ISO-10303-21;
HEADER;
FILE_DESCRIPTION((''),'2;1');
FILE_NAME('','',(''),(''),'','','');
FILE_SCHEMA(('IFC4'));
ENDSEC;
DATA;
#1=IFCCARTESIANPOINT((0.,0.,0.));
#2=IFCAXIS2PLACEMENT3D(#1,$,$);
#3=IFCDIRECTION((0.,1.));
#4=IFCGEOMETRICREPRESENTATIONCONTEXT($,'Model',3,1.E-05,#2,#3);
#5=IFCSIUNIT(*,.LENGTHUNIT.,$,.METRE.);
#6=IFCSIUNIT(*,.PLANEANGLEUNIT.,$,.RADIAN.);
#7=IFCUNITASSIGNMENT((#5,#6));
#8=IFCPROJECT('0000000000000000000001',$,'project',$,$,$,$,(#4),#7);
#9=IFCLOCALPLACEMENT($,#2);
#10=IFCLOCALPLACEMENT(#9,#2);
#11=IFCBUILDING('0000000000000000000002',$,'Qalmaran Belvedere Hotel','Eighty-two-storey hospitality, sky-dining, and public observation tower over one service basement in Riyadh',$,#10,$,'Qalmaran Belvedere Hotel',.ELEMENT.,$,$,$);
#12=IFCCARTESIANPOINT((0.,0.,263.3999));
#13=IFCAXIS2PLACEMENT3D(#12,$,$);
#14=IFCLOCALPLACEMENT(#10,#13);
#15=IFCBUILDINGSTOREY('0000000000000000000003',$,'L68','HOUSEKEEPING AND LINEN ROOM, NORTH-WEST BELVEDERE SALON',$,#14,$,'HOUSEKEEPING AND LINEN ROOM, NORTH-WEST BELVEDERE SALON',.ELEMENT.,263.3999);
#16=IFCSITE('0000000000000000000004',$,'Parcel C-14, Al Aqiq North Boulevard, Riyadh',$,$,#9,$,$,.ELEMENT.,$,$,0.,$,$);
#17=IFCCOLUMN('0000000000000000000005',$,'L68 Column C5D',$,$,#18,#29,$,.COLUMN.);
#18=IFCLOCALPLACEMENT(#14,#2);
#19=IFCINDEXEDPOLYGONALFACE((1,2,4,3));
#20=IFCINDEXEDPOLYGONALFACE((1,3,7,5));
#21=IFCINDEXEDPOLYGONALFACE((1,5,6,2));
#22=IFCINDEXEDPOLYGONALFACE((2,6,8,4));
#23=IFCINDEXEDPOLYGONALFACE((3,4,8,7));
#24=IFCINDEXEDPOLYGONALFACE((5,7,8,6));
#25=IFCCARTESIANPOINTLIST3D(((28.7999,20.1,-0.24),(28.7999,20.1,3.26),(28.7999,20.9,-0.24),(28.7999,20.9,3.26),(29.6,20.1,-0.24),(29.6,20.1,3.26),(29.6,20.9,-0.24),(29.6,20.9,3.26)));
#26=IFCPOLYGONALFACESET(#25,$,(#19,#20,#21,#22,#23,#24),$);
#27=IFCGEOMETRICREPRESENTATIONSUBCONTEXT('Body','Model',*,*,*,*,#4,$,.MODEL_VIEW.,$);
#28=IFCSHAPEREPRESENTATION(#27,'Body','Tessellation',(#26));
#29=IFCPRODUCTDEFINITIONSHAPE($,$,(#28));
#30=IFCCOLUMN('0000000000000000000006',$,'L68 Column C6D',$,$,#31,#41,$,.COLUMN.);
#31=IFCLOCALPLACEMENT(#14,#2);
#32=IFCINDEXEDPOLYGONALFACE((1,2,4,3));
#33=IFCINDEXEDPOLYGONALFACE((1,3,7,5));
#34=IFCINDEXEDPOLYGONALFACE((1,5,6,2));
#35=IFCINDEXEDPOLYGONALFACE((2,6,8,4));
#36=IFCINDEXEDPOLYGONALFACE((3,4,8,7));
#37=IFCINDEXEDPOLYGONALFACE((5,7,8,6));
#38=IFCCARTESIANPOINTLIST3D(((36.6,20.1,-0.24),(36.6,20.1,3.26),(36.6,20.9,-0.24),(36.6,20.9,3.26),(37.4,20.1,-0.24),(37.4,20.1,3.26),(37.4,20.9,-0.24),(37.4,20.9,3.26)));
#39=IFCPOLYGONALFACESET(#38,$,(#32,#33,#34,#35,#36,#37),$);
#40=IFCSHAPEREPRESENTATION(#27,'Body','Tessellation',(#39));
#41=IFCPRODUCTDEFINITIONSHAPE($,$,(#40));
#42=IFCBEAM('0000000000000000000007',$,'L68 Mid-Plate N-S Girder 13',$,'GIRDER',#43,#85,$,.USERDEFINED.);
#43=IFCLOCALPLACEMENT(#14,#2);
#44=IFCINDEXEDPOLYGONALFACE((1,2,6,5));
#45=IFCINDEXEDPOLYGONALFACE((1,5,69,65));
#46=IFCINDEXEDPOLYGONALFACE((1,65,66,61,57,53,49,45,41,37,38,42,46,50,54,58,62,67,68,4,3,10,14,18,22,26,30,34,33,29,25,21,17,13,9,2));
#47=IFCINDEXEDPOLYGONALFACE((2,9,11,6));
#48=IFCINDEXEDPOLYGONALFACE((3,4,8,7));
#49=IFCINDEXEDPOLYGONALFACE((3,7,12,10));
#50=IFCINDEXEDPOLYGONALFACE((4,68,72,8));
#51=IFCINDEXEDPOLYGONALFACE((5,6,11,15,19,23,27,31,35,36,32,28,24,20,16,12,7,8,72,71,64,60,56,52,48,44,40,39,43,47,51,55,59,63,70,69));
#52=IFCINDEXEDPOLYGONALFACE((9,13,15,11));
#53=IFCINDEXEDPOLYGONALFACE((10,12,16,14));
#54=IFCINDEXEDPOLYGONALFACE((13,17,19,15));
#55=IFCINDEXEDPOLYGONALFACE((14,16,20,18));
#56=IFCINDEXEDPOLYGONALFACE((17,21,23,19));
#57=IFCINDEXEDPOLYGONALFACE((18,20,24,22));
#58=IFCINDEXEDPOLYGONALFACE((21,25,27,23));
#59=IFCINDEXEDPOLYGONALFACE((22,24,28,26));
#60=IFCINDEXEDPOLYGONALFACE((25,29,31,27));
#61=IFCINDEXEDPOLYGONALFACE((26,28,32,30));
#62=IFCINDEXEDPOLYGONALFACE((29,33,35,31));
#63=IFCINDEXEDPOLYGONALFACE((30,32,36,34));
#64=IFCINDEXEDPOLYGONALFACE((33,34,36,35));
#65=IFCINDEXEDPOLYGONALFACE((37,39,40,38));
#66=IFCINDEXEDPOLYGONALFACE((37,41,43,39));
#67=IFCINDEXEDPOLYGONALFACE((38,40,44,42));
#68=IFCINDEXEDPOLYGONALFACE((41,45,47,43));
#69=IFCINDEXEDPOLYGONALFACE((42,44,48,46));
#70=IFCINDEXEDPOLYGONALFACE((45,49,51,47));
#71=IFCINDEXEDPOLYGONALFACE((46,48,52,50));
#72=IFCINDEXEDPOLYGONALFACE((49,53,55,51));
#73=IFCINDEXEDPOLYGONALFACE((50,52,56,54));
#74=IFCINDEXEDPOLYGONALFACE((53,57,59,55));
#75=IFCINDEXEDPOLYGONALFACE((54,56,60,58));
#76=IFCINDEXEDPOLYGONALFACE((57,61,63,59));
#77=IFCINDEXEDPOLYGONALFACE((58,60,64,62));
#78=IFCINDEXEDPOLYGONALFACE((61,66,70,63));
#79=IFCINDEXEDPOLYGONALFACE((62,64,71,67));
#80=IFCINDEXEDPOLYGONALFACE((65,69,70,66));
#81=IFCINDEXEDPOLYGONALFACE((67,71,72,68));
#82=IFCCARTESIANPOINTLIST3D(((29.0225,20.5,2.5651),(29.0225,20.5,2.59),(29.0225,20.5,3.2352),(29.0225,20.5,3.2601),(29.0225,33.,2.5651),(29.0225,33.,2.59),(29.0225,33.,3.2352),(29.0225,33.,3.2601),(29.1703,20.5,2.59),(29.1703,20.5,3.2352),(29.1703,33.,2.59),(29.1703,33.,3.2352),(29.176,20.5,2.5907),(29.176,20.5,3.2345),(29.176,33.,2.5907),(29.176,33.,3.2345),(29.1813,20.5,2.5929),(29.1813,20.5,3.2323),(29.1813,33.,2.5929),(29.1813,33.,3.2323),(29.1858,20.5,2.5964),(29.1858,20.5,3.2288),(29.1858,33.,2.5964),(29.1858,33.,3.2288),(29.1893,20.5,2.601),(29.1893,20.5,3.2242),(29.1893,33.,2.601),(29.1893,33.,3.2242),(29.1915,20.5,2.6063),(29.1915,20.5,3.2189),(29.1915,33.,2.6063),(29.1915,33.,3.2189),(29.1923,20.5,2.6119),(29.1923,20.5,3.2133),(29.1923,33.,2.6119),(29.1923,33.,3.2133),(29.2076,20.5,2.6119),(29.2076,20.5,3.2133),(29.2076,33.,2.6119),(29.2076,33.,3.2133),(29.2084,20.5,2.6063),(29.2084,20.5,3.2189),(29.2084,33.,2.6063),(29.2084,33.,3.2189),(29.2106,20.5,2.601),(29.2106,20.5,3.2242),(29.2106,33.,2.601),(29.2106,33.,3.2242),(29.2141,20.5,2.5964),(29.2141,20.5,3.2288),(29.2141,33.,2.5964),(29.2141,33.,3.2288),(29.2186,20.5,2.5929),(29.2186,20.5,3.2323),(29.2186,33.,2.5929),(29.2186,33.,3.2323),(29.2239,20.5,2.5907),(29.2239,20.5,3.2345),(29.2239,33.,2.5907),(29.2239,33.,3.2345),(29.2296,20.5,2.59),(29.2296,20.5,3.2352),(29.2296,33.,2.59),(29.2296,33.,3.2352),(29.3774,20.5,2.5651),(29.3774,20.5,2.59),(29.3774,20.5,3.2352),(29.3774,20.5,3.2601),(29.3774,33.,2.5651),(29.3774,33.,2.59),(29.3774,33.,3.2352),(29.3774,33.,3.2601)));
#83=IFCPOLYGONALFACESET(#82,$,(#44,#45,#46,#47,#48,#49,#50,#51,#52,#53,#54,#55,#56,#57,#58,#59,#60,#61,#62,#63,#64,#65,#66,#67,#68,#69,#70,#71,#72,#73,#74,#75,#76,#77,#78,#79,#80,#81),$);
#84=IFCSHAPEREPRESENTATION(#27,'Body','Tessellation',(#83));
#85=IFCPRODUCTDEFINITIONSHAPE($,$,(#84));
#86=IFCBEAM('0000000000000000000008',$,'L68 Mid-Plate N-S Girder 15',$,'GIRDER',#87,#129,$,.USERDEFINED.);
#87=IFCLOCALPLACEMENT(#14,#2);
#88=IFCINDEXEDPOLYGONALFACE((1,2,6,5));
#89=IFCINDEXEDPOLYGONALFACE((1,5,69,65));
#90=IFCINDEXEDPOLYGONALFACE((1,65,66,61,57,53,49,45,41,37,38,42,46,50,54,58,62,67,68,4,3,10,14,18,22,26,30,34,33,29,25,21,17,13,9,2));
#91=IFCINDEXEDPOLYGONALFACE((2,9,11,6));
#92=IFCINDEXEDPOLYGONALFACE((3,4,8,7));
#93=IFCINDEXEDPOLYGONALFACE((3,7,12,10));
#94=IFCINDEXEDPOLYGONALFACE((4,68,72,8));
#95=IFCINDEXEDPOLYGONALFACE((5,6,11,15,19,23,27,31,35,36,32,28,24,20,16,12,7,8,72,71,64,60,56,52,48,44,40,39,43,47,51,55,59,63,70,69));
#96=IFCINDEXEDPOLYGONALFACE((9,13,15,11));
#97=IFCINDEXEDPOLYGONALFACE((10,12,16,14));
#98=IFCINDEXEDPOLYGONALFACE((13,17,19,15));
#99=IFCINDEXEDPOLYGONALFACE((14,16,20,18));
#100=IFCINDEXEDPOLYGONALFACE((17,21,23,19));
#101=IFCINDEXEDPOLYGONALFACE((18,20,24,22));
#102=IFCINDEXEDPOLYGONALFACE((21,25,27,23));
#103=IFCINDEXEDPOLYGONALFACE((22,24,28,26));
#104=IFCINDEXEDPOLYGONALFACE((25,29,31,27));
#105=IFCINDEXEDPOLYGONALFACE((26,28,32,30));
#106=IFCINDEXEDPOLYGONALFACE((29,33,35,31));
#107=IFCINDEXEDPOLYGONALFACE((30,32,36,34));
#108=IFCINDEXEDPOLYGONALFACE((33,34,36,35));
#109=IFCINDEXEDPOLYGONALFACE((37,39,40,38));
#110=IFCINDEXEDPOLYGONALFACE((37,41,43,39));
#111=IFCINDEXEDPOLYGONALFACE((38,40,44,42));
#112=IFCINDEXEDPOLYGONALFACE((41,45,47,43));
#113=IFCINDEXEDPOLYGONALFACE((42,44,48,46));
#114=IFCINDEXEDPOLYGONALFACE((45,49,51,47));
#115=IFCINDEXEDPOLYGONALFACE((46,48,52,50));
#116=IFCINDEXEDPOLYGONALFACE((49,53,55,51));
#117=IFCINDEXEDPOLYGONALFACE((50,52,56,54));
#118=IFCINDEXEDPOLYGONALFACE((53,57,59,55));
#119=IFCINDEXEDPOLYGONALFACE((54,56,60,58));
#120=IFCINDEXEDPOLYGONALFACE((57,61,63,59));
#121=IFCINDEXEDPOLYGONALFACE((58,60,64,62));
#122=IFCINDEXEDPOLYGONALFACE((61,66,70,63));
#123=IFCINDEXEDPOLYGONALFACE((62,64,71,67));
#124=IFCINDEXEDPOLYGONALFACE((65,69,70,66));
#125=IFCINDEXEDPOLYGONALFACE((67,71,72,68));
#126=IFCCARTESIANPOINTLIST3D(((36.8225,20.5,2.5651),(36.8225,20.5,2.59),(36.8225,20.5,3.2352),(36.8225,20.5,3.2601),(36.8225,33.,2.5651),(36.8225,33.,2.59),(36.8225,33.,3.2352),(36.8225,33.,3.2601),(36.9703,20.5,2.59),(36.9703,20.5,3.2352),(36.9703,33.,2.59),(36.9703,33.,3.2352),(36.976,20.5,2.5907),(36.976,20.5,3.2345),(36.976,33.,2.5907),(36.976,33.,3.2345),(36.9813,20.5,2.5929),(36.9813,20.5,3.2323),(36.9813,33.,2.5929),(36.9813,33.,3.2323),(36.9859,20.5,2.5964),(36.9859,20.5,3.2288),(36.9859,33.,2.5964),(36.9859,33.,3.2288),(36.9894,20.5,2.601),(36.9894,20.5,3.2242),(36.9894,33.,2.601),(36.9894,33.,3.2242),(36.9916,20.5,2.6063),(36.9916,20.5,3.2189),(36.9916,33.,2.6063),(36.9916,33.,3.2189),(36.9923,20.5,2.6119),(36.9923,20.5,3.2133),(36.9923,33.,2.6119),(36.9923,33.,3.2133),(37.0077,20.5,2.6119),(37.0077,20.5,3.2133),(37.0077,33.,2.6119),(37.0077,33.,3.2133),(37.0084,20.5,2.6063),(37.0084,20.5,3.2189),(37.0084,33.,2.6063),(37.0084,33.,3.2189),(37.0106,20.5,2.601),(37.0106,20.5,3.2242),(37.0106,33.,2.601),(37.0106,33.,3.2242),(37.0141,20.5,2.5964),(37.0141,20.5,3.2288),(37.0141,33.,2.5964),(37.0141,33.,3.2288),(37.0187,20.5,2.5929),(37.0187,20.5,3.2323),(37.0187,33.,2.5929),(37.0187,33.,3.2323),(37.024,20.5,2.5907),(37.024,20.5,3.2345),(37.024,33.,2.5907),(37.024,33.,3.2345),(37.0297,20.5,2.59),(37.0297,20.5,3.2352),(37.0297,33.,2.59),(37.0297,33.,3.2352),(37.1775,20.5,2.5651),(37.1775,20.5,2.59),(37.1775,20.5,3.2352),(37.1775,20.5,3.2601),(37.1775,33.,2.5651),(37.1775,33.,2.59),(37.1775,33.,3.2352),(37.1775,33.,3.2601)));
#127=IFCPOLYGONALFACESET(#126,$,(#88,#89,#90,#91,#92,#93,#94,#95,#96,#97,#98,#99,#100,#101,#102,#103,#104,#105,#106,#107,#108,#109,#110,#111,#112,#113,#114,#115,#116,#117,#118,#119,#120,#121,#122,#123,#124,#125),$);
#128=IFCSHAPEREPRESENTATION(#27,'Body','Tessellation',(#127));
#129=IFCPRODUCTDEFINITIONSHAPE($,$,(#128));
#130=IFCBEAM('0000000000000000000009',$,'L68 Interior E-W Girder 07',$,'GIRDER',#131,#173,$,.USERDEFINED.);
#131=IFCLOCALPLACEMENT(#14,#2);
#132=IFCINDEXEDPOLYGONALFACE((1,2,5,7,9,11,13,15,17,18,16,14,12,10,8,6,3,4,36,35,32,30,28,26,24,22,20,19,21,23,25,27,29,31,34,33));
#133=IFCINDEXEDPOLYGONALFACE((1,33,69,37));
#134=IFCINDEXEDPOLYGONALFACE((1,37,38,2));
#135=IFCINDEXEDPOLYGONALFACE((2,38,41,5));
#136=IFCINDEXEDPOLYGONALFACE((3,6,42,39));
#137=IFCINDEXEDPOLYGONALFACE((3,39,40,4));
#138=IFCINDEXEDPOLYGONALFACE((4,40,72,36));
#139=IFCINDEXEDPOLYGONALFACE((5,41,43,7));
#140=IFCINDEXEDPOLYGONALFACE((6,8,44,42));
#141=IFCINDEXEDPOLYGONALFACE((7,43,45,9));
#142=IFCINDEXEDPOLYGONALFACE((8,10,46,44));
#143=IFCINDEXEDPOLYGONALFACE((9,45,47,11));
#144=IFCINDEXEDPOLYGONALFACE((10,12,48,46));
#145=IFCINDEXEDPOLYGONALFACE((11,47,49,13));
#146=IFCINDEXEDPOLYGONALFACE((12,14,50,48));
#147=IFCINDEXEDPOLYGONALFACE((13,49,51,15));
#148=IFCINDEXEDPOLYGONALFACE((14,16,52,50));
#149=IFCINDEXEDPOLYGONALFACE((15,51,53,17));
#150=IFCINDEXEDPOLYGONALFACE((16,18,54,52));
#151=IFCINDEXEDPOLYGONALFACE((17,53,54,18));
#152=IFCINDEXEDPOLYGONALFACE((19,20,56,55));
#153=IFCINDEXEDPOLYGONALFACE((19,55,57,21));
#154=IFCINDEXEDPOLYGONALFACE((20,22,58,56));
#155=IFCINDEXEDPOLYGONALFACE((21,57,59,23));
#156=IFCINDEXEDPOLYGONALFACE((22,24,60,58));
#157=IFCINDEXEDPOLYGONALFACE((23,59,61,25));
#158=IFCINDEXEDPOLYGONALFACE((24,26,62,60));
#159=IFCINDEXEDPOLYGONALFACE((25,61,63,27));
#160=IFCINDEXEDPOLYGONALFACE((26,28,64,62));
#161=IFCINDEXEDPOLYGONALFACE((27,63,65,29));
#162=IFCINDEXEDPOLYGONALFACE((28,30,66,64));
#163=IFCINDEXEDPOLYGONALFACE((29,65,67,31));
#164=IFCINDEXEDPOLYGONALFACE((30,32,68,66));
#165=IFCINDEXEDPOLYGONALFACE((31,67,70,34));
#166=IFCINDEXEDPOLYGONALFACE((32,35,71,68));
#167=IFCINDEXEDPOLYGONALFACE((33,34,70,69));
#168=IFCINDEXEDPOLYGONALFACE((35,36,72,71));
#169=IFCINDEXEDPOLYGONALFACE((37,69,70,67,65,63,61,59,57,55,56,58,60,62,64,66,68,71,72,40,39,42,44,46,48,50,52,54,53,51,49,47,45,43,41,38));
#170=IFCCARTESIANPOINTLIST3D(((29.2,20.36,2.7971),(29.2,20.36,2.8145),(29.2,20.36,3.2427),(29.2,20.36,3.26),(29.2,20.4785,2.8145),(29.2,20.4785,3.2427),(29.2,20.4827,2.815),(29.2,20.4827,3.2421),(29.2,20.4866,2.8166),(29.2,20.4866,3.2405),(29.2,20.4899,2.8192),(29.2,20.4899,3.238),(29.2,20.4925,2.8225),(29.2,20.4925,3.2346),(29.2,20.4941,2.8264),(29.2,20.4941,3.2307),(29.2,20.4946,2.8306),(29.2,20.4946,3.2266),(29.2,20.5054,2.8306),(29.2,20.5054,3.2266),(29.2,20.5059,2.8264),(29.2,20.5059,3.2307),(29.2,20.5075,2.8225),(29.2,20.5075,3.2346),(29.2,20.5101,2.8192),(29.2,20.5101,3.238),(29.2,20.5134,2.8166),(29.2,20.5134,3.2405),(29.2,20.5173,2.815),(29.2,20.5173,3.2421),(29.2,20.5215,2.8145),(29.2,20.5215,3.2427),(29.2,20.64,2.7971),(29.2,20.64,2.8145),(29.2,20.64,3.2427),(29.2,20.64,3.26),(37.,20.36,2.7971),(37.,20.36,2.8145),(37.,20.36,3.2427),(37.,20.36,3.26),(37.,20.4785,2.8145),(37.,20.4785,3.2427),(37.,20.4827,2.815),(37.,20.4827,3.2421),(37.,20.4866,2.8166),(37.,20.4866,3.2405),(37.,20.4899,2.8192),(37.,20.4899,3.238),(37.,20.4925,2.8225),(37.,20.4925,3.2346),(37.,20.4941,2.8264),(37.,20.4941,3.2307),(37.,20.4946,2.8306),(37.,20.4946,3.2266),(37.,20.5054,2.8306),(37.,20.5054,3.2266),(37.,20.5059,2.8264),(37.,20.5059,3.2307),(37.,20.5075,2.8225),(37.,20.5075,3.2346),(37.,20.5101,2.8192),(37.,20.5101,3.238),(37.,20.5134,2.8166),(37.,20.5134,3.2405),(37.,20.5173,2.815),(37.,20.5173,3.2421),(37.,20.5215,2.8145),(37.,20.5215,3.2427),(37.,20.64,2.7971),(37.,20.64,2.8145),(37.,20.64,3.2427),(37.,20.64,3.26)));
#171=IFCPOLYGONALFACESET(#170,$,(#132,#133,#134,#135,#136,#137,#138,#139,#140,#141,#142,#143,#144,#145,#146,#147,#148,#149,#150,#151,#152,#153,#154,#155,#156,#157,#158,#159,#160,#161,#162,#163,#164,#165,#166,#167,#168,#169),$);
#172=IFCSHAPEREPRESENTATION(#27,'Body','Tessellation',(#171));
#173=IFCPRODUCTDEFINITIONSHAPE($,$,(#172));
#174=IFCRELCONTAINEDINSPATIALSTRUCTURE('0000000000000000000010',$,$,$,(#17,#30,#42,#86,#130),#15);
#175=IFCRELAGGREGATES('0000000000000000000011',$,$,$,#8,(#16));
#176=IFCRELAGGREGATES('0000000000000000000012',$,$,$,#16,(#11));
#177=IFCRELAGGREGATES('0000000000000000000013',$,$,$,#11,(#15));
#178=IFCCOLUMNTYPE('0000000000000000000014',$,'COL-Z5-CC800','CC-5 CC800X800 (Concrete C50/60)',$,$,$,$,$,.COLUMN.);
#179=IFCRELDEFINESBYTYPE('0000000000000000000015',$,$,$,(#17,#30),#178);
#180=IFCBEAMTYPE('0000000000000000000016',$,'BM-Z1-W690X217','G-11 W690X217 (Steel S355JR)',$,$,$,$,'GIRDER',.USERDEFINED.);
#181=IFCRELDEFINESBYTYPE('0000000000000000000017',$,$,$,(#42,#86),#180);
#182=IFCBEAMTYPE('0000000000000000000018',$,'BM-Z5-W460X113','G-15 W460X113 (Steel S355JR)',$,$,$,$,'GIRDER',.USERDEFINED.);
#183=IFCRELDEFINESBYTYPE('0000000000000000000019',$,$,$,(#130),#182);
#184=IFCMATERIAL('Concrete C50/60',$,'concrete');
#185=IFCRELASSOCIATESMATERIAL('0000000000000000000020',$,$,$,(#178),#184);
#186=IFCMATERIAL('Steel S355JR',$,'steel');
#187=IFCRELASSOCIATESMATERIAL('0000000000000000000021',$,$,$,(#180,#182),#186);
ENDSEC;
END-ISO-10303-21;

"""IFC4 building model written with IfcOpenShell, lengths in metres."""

from ifc_helpers import new_model, si_unit, direction, frame, origin, origin_2d, place, context, subcontext, project, spatial, rectangle, i_section, extrude, material, material_profile, profile_set, type_object, element, save


model = new_model("IFC4")

# Units and contexts
model_context = context("Model", 3, precision=1e-05, world=origin(), true_north=direction((0.0, 1.0)))
body_context = subcontext(model_context, "Body", "Model", "MODEL_VIEW")
ifc_project = project(units=[si_unit("LENGTHUNIT", "METRE"), si_unit("PLANEANGLEUNIT", "RADIAN")], contexts=[model_context])

# Site, building, storey
site_placement = place(None, origin())
site = spatial("IfcSite", under=ifc_project, at=site_placement, Name="Parcel C-14, Al Aqiq North Boulevard, Riyadh", CompositionType="ELEMENT", RefElevation=0.0)
building_placement = place(site_placement, origin())
building = spatial("IfcBuilding", under=site, at=building_placement, Name="Qalmaran Belvedere Hotel", Description="Eighty-two-storey hospitality, sky-dining, and public observation tower over one service basement in Riyadh", LongName="Qalmaran Belvedere Hotel", CompositionType="ELEMENT")
storey_placement = place(building_placement, frame((0.0, 0.0, 263.3999)))
storey = spatial("IfcBuildingStorey", under=building, at=storey_placement, Name="L68", Description="HOUSEKEEPING AND LINEN ROOM, NORTH-WEST BELVEDERE SALON", LongName="HOUSEKEEPING AND LINEN ROOM, NORTH-WEST BELVEDERE SALON", CompositionType="ELEMENT", Elevation=263.3999)

# Columns
ifc_material_1 = material(Name="Concrete C50/60", Category="concrete")
ifc_material_profile_1 = material_profile(ifc_material_1, rectangle(XDim=0.8, YDim=0.8, at=origin_2d()), Name="CC800X800")
ifc_profile_set_1 = profile_set([ifc_material_profile_1], Name="Concrete C50/60")
column_type = type_object("IfcColumnType", Name="COL-Z5-CC800", Description="CC-5 CC800X800 (Concrete C50/60)", PredefinedType="COLUMN", material=ifc_profile_set_1)
for number, where, z_axis, x_axis, name in (
    (1, (29.2, 20.5, -0.24), (0.0, 0.0, 1.0), (1.0, 0.0, 0.0), "L68 Column C5D"),
    (2, (37.0, 20.5, -0.24), (0.0, 0.0, 1.0), (1.0, 0.0, 0.0), "L68 Column C6D"),
):
    element("IfcColumn", number, at=place(storey_placement, frame(where, z_axis=z_axis, x_axis=x_axis)), inside=storey, type_object=column_type, Name=name, PredefinedType="COLUMN", context=body_context, shape_type="SweptSolid", body=[
        extrude(rectangle(XDim=0.8, YDim=0.8, at=origin_2d()), origin(), (0.0, 0.0, 1.0), 3.5),
    ])

# Beams
ifc_material_2 = material(Name="Steel S355JR", Category="steel")
ifc_material_profile_2 = material_profile(ifc_material_2, i_section(OverallWidth=0.355, OverallDepth=0.6951, WebThickness=0.0154, FlangeThickness=0.0249, FilletRadius=0.022, at=origin_2d()), Name="W690X217")
ifc_profile_set_2 = profile_set([ifc_material_profile_2], Name="Steel S355JR")
beam_type_1 = type_object("IfcBeamType", Name="BM-Z1-W690X217", Description="G-11 W690X217 (Steel S355JR)", ElementType="GIRDER", PredefinedType="USERDEFINED", material=ifc_profile_set_2)
for number, where, z_axis, x_axis, name in (
    (3, (29.2, 20.5, 2.9126), (0.0, 1.0, 0.0), (-1.0, 0.0, 0.0), "L68 Mid-Plate N-S Girder 13"),
    (4, (37.0, 20.5, 2.9126), (0.0, 1.0, 0.0), (-1.0, 0.0, 0.0), "L68 Mid-Plate N-S Girder 15"),
):
    element("IfcBeam", number, at=place(storey_placement, frame(where, z_axis=z_axis, x_axis=x_axis)), inside=storey, type_object=beam_type_1, Name=name, ObjectType="GIRDER", PredefinedType="USERDEFINED", context=body_context, shape_type="SweptSolid", body=[
        extrude(i_section(OverallWidth=0.355, OverallDepth=0.6951, WebThickness=0.0154, FlangeThickness=0.0249, FilletRadius=0.022, at=origin_2d()), origin(), (0.0, 0.0, 1.0), 12.5),
    ])
ifc_material_profile_3 = material_profile(ifc_material_2, i_section(OverallWidth=0.28, OverallDepth=0.4629, WebThickness=0.0107, FlangeThickness=0.0173, FilletRadius=0.0161, at=origin_2d()), Name="W460X113")
ifc_profile_set_3 = profile_set([ifc_material_profile_3], Name="Steel S355JR")
beam_type_2 = type_object("IfcBeamType", Name="BM-Z5-W460X113", Description="G-15 W460X113 (Steel S355JR)", ElementType="GIRDER", PredefinedType="USERDEFINED", material=ifc_profile_set_3)
for number, where, z_axis, x_axis, name in (
    (5, (29.2, 20.5, 3.0286), (1.0, 0.0, 0.0), (0.0, 1.0, 0.0), "L68 Interior E-W Girder 07"),
):
    element("IfcBeam", number, at=place(storey_placement, frame(where, z_axis=z_axis, x_axis=x_axis)), inside=storey, type_object=beam_type_2, Name=name, ObjectType="GIRDER", PredefinedType="USERDEFINED", context=body_context, shape_type="SweptSolid", body=[
        extrude(i_section(OverallWidth=0.28, OverallDepth=0.4629, WebThickness=0.0107, FlangeThickness=0.0173, FilletRadius=0.0161, at=origin_2d()), origin(), (0.0, 0.0, 1.0), 7.8),
    ])

save(model, "model.ifc")
